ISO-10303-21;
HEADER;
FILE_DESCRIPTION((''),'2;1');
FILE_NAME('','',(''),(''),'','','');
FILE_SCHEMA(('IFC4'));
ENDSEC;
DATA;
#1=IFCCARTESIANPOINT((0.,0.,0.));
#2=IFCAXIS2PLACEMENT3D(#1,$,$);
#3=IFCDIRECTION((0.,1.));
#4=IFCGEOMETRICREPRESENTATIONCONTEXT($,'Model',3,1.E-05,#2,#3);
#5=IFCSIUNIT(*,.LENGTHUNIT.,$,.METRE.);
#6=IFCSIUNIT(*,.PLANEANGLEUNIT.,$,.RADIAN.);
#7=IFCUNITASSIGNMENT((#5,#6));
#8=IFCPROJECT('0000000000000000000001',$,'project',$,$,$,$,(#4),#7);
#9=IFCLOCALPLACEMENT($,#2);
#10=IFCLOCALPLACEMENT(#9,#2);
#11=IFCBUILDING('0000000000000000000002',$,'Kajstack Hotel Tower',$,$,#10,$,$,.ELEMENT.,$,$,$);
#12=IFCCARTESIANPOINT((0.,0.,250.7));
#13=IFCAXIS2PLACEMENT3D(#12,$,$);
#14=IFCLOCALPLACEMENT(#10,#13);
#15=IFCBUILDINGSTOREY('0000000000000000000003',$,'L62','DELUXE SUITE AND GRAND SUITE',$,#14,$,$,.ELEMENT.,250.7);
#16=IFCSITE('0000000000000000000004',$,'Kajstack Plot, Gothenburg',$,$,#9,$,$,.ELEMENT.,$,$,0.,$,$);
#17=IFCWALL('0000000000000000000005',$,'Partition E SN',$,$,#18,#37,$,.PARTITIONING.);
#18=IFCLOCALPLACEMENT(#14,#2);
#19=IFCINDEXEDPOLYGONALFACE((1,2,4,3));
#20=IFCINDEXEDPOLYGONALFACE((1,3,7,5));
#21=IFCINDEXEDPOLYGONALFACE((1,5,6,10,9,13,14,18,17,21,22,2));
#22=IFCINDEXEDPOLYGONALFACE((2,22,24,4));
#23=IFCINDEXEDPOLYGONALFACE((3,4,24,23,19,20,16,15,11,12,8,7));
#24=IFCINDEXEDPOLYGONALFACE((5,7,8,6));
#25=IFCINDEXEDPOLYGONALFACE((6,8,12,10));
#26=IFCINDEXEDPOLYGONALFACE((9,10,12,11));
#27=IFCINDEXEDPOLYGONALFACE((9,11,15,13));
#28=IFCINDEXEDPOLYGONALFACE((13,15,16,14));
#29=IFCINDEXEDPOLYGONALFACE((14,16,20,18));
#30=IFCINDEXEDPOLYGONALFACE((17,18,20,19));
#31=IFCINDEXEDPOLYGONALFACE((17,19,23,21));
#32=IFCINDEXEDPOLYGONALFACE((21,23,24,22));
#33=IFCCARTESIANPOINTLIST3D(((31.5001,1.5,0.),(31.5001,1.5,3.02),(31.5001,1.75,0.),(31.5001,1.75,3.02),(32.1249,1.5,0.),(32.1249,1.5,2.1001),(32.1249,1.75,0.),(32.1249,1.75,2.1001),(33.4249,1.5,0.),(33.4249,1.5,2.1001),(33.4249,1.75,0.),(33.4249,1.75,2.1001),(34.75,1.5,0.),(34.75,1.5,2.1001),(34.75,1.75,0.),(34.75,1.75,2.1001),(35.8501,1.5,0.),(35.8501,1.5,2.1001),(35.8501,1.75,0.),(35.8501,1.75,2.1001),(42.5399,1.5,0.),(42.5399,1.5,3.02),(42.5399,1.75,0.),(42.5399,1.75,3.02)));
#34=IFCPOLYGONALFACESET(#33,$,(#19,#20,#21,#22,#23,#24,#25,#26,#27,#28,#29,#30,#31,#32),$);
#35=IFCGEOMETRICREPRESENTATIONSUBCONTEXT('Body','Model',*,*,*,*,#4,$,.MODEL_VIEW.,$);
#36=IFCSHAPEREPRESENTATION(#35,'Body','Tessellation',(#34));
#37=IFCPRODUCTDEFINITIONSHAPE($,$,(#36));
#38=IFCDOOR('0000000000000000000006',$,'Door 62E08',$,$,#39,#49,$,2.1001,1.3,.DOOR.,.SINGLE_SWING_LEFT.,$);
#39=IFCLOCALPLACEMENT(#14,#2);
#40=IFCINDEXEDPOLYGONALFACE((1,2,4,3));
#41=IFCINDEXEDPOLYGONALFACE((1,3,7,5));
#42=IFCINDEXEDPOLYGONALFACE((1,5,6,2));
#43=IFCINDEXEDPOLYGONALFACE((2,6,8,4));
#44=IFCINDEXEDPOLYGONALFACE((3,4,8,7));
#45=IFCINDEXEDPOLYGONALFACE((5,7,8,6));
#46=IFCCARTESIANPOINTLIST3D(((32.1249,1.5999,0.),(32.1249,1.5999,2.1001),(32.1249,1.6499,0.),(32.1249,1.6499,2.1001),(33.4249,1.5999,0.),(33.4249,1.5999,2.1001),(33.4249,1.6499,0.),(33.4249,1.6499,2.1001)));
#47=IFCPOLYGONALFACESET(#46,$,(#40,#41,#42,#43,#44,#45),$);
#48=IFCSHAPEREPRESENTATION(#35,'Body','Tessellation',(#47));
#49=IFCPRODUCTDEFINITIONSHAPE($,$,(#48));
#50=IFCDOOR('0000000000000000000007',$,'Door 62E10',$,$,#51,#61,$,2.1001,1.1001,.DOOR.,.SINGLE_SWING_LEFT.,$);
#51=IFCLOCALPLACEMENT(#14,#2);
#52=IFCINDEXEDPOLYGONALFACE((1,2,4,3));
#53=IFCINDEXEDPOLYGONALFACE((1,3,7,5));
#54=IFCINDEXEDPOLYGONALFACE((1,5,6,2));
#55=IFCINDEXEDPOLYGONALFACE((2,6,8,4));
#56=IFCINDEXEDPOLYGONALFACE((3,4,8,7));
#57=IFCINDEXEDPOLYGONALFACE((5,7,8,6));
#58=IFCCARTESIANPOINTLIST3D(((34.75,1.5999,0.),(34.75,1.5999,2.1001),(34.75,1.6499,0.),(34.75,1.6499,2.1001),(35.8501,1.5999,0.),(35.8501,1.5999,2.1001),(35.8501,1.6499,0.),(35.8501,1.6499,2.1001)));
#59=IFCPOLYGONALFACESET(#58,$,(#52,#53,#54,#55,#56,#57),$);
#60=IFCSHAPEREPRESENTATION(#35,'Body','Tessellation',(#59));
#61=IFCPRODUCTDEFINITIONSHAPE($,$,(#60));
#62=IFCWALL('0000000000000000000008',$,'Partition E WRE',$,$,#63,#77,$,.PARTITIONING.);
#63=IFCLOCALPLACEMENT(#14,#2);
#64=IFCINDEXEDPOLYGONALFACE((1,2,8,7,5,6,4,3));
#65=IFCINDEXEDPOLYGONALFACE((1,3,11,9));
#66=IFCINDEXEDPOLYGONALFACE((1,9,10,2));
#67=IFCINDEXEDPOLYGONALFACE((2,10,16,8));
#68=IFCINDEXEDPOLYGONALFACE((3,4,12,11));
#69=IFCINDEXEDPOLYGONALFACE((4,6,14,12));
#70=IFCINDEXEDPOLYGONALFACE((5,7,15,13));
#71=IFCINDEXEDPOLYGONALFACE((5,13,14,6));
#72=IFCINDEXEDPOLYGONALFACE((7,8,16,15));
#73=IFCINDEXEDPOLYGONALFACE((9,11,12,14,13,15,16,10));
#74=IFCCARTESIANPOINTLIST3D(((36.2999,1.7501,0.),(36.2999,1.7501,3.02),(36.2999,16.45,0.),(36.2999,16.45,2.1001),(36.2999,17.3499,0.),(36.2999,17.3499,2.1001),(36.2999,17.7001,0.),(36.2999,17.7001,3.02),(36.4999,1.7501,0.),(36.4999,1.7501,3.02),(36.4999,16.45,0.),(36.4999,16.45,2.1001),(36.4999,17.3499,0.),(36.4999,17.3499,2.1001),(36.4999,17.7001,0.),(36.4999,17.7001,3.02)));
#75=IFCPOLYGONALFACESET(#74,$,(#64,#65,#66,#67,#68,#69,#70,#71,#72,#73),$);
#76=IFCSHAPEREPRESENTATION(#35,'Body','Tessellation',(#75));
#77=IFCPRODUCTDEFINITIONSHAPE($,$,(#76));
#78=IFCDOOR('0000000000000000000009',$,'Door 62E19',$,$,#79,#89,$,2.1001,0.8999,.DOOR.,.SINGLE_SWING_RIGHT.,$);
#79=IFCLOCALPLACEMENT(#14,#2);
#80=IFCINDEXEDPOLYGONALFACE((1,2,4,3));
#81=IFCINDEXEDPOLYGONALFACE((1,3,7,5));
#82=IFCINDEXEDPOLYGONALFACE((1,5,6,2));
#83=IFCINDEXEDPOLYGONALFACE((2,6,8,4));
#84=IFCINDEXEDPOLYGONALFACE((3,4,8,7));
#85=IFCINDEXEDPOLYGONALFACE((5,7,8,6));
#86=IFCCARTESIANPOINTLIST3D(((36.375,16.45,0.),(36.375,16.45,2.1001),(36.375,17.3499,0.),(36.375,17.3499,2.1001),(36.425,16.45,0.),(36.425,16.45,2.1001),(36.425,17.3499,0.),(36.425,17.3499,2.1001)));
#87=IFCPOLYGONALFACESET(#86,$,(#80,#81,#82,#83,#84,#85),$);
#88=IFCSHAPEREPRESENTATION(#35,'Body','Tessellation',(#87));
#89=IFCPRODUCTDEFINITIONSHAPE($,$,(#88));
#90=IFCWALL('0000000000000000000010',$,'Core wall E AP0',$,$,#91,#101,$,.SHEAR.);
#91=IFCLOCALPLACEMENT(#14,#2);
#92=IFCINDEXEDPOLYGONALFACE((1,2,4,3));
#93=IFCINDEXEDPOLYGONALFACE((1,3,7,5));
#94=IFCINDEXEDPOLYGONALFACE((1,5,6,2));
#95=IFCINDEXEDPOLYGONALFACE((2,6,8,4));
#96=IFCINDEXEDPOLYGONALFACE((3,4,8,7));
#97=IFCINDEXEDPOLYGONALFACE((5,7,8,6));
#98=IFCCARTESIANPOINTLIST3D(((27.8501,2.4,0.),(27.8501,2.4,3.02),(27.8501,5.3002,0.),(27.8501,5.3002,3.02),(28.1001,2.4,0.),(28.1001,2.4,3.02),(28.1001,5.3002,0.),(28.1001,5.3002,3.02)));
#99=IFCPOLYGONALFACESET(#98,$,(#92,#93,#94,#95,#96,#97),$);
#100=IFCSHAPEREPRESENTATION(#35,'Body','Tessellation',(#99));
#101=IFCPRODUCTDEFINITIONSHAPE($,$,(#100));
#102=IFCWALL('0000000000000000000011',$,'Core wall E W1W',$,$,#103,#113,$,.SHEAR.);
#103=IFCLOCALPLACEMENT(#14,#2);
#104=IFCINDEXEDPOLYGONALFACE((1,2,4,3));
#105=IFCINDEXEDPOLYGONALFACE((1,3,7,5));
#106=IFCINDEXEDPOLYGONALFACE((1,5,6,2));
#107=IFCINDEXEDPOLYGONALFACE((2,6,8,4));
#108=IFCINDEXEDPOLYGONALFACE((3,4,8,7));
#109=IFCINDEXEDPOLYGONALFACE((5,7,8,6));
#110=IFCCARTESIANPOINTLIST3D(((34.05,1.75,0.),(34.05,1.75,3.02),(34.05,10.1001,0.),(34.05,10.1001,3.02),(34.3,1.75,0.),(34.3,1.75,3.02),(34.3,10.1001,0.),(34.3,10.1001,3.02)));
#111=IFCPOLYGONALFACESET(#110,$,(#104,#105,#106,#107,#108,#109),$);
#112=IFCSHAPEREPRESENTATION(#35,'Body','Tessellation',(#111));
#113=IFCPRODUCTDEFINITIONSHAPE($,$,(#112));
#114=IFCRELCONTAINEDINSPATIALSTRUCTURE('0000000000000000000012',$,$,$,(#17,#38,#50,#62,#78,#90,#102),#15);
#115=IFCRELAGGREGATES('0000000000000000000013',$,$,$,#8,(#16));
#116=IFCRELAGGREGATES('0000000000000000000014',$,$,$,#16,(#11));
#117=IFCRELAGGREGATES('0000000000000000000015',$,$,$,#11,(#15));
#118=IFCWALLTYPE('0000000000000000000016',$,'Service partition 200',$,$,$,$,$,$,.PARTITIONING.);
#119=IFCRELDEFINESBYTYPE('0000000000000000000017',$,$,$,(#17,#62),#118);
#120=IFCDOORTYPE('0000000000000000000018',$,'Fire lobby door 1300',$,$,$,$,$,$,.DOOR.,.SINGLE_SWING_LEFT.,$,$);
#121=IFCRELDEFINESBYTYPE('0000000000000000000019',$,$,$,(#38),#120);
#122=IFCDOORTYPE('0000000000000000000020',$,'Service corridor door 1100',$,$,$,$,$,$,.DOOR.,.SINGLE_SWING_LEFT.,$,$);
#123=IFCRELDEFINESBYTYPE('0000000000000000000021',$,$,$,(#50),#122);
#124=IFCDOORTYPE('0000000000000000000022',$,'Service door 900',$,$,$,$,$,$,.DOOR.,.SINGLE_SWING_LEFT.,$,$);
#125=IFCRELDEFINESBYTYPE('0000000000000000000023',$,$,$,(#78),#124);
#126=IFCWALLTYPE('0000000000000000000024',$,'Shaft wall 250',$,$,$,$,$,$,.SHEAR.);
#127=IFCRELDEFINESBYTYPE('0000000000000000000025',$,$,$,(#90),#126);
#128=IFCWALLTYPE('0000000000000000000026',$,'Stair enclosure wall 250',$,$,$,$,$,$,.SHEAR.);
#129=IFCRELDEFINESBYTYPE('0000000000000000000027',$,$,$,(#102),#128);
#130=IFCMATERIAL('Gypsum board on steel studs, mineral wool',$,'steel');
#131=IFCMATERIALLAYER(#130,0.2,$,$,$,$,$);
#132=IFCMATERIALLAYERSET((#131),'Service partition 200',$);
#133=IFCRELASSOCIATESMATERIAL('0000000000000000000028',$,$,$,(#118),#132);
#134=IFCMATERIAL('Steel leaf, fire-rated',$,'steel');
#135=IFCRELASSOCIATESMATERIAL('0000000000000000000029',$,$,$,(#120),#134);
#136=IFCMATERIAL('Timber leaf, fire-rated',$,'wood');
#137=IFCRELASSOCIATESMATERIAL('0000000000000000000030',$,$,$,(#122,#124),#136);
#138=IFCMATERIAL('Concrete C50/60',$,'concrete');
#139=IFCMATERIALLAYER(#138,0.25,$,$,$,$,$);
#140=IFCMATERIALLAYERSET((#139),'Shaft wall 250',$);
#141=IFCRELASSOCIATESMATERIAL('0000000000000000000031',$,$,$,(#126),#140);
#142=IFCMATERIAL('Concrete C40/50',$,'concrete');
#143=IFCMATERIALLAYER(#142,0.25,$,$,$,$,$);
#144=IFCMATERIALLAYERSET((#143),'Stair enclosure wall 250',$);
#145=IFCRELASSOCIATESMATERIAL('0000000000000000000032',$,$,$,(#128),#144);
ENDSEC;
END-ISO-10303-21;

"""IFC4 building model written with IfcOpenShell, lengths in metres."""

from ifc_helpers import new_model, si_unit, direction, frame, frame_2d, origin, place, context, subcontext, project, spatial, rectangle, extrude, material, layer, layer_set, type_object, element, fill, save


model = new_model("IFC4")

# Units and contexts
model_context = context("Model", 3, precision=1e-05, world=origin(), true_north=direction((0.0, 1.0)))
body_context = subcontext(model_context, "Body", "Model", "MODEL_VIEW")
ifc_project = project(units=[si_unit("LENGTHUNIT", "METRE"), si_unit("PLANEANGLEUNIT", "RADIAN")], contexts=[model_context])

# Site, building, storey
site_placement = place(None, origin())
site = spatial("IfcSite", under=ifc_project, at=site_placement, Name="Kajstack Plot, Gothenburg", CompositionType="ELEMENT", RefElevation=0.0)
building_placement = place(site_placement, origin())
building = spatial("IfcBuilding", under=site, at=building_placement, Name="Kajstack Hotel Tower", CompositionType="ELEMENT")
storey_placement = place(building_placement, frame((0.0, 0.0, 250.7)))
storey = spatial("IfcBuildingStorey", under=building, at=storey_placement, Name="L62", Description="DELUXE SUITE AND GRAND SUITE", CompositionType="ELEMENT", Elevation=250.7)

# Shared definitions
ifc_material_1 = material(Name="Concrete C50/60", Category="concrete")

# Wall, openings, doors
ifc_material_2 = material(Name="Gypsum board on steel studs, mineral wool", Category="steel")
ifc_layer_1 = layer(ifc_material_2, 0.2)
ifc_layer_set_1 = layer_set([ifc_layer_1], Name="Service partition 200")
wall_type_1 = type_object("IfcWallType", Name="Service partition 200", PredefinedType="PARTITIONING", material=ifc_layer_set_1)
wall_1_placement = place(storey_placement, frame((31.5, 1.625, 0.0), z_axis=(0.0, 0.0, 1.0), x_axis=(1.0, 0.0, 0.0)))
wall_1 = element("IfcWall", 1, at=wall_1_placement, inside=storey, type_object=wall_type_1, Name="Partition E SN", PredefinedType="PARTITIONING", context=body_context, shape_type="SweptSolid", body=[
    extrude(rectangle(XDim=11.0398, YDim=0.25, at=frame_2d((5.52, 0.0))), origin(), (0.0, 0.0, 1.0), 3.02),
])
opening_1_placement = place(wall_1_placement, frame((0.625, 0.0, 0.0)))
opening_1 = element("IfcOpeningElement", 2, at=opening_1_placement, cuts=wall_1, PredefinedType="OPENING", context=body_context, shape_type="SweptSolid", body=[
    extrude(rectangle(XDim=1.3, YDim=2.1001, at=frame_2d((0.6499, 1.05))), frame((0.0, 0.135, 0.0), z_axis=(0.0, -1.0, 0.0), x_axis=(1.0, 0.0, 0.0)), (0.0, 0.0, 1.0), 0.27),
])
opening_2_placement = place(wall_1_placement, frame((3.25, 0.0, 0.0)))
opening_2 = element("IfcOpeningElement", 3, at=opening_2_placement, cuts=wall_1, PredefinedType="OPENING", context=body_context, shape_type="SweptSolid", body=[
    extrude(rectangle(XDim=1.1001, YDim=2.1001, at=frame_2d((0.55, 1.05))), frame((0.0, 0.135, 0.0), z_axis=(0.0, -1.0, 0.0), x_axis=(1.0, 0.0, 0.0)), (0.0, 0.0, 1.0), 0.27),
])
ifc_material_3 = material(Name="Steel leaf, fire-rated", Category="steel")
door_type_1 = type_object("IfcDoorType", Name="Fire lobby door 1300", OperationType="SINGLE_SWING_LEFT", PredefinedType="DOOR", material=ifc_material_3)
door_1_placement = place(opening_1_placement, origin())
door_1 = element("IfcDoor", 4, at=door_1_placement, inside=storey, type_object=door_type_1, Name="Door 62E08", OperationType="SINGLE_SWING_LEFT", OverallHeight=2.1001, OverallWidth=1.3, PredefinedType="DOOR", context=body_context, shape_type="SweptSolid", body=[
    extrude(rectangle(XDim=1.3, YDim=2.1001, at=frame_2d((0.6499, 1.05))), frame((0.0, 0.0249, 0.0), z_axis=(0.0, -1.0, 0.0), x_axis=(1.0, 0.0, 0.0)), (0.0, 0.0, 1.0), 0.05),
])
fill(opening_1, door_1)
ifc_material_4 = material(Name="Timber leaf, fire-rated", Category="wood")
door_type_2 = type_object("IfcDoorType", Name="Service corridor door 1100", OperationType="SINGLE_SWING_LEFT", PredefinedType="DOOR", material=ifc_material_4)
door_2_placement = place(opening_2_placement, origin())
door_2 = element("IfcDoor", 5, at=door_2_placement, inside=storey, type_object=door_type_2, Name="Door 62E10", OperationType="SINGLE_SWING_LEFT", OverallHeight=2.1001, OverallWidth=1.1001, PredefinedType="DOOR", context=body_context, shape_type="SweptSolid", body=[
    extrude(rectangle(XDim=1.1001, YDim=2.1001, at=frame_2d((0.55, 1.05))), frame((0.0, 0.0249, 0.0), z_axis=(0.0, -1.0, 0.0), x_axis=(1.0, 0.0, 0.0)), (0.0, 0.0, 1.0), 0.05),
])
fill(opening_2, door_2)

# Wall, opening, door
wall_2_placement = place(storey_placement, frame((36.3999, 1.75, 0.0), z_axis=(0.0, 0.0, 1.0), x_axis=(0.0, 1.0, 0.0)))
wall_2 = element("IfcWall", 6, at=wall_2_placement, inside=storey, type_object=wall_type_1, Name="Partition E WRE", PredefinedType="PARTITIONING", context=body_context, shape_type="SweptSolid", body=[
    extrude(rectangle(XDim=15.95, YDim=0.2, at=frame_2d((7.9751, 0.0))), origin(), (0.0, 0.0, 1.0), 3.02),
])
opening_3_placement = place(wall_2_placement, frame((14.7, 0.0, 0.0)))
opening_3 = element("IfcOpeningElement", 7, at=opening_3_placement, cuts=wall_2, PredefinedType="OPENING", context=body_context, shape_type="SweptSolid", body=[
    extrude(rectangle(XDim=0.8999, YDim=2.1001, at=frame_2d((0.45, 1.05))), frame((0.0, 0.1099, 0.0), z_axis=(0.0, -1.0, 0.0), x_axis=(1.0, 0.0, 0.0)), (0.0, 0.0, 1.0), 0.22),
])
door_type_3 = type_object("IfcDoorType", Name="Service door 900", OperationType="SINGLE_SWING_LEFT", PredefinedType="DOOR", material=ifc_material_4)
door_3_placement = place(opening_3_placement, origin())
door_3 = element("IfcDoor", 8, at=door_3_placement, inside=storey, type_object=door_type_3, Name="Door 62E19", OperationType="SINGLE_SWING_RIGHT", OverallHeight=2.1001, OverallWidth=0.8999, PredefinedType="DOOR", context=body_context, shape_type="SweptSolid", body=[
    extrude(rectangle(XDim=0.8999, YDim=2.1001, at=frame_2d((0.45, 1.05))), frame((0.0, 0.0249, 0.0), z_axis=(0.0, -1.0, 0.0), x_axis=(1.0, 0.0, 0.0)), (0.0, 0.0, 1.0), 0.05),
])
fill(opening_3, door_3)

# Walls
ifc_layer_2 = layer(ifc_material_1, 0.25)
ifc_layer_set_2 = layer_set([ifc_layer_2], Name="Shaft wall 250")
wall_type_2 = type_object("IfcWallType", Name="Shaft wall 250", PredefinedType="SHEAR", material=ifc_layer_set_2)
wall_3_placement = place(storey_placement, frame((27.9751, 2.3999, 0.0), z_axis=(0.0, 0.0, 1.0), x_axis=(0.0, 1.0, 0.0)))
element("IfcWall", 9, at=wall_3_placement, inside=storey, type_object=wall_type_2, Name="Core wall E AP0", PredefinedType="SHEAR", context=body_context, shape_type="SweptSolid", body=[
    extrude(rectangle(XDim=2.9001, YDim=0.25, at=frame_2d((1.4502, 0.0))), origin(), (0.0, 0.0, 1.0), 3.02),
])
ifc_material_5 = material(Name="Concrete C40/50", Category="concrete")
ifc_layer_3 = layer(ifc_material_5, 0.25)
ifc_layer_set_3 = layer_set([ifc_layer_3], Name="Stair enclosure wall 250")
wall_type_3 = type_object("IfcWallType", Name="Stair enclosure wall 250", PredefinedType="SHEAR", material=ifc_layer_set_3)
wall_4_placement = place(storey_placement, frame((34.175, 1.75, 0.0), z_axis=(0.0, 0.0, 1.0), x_axis=(0.0, 1.0, 0.0)))
element("IfcWall", 10, at=wall_4_placement, inside=storey, type_object=wall_type_3, Name="Core wall E W1W", PredefinedType="SHEAR", context=body_context, shape_type="SweptSolid", body=[
    extrude(rectangle(XDim=8.3501, YDim=0.25, at=frame_2d((4.175, 0.0))), origin(), (0.0, 0.0, 1.0), 3.02),
])

save(model, "model.ifc")
